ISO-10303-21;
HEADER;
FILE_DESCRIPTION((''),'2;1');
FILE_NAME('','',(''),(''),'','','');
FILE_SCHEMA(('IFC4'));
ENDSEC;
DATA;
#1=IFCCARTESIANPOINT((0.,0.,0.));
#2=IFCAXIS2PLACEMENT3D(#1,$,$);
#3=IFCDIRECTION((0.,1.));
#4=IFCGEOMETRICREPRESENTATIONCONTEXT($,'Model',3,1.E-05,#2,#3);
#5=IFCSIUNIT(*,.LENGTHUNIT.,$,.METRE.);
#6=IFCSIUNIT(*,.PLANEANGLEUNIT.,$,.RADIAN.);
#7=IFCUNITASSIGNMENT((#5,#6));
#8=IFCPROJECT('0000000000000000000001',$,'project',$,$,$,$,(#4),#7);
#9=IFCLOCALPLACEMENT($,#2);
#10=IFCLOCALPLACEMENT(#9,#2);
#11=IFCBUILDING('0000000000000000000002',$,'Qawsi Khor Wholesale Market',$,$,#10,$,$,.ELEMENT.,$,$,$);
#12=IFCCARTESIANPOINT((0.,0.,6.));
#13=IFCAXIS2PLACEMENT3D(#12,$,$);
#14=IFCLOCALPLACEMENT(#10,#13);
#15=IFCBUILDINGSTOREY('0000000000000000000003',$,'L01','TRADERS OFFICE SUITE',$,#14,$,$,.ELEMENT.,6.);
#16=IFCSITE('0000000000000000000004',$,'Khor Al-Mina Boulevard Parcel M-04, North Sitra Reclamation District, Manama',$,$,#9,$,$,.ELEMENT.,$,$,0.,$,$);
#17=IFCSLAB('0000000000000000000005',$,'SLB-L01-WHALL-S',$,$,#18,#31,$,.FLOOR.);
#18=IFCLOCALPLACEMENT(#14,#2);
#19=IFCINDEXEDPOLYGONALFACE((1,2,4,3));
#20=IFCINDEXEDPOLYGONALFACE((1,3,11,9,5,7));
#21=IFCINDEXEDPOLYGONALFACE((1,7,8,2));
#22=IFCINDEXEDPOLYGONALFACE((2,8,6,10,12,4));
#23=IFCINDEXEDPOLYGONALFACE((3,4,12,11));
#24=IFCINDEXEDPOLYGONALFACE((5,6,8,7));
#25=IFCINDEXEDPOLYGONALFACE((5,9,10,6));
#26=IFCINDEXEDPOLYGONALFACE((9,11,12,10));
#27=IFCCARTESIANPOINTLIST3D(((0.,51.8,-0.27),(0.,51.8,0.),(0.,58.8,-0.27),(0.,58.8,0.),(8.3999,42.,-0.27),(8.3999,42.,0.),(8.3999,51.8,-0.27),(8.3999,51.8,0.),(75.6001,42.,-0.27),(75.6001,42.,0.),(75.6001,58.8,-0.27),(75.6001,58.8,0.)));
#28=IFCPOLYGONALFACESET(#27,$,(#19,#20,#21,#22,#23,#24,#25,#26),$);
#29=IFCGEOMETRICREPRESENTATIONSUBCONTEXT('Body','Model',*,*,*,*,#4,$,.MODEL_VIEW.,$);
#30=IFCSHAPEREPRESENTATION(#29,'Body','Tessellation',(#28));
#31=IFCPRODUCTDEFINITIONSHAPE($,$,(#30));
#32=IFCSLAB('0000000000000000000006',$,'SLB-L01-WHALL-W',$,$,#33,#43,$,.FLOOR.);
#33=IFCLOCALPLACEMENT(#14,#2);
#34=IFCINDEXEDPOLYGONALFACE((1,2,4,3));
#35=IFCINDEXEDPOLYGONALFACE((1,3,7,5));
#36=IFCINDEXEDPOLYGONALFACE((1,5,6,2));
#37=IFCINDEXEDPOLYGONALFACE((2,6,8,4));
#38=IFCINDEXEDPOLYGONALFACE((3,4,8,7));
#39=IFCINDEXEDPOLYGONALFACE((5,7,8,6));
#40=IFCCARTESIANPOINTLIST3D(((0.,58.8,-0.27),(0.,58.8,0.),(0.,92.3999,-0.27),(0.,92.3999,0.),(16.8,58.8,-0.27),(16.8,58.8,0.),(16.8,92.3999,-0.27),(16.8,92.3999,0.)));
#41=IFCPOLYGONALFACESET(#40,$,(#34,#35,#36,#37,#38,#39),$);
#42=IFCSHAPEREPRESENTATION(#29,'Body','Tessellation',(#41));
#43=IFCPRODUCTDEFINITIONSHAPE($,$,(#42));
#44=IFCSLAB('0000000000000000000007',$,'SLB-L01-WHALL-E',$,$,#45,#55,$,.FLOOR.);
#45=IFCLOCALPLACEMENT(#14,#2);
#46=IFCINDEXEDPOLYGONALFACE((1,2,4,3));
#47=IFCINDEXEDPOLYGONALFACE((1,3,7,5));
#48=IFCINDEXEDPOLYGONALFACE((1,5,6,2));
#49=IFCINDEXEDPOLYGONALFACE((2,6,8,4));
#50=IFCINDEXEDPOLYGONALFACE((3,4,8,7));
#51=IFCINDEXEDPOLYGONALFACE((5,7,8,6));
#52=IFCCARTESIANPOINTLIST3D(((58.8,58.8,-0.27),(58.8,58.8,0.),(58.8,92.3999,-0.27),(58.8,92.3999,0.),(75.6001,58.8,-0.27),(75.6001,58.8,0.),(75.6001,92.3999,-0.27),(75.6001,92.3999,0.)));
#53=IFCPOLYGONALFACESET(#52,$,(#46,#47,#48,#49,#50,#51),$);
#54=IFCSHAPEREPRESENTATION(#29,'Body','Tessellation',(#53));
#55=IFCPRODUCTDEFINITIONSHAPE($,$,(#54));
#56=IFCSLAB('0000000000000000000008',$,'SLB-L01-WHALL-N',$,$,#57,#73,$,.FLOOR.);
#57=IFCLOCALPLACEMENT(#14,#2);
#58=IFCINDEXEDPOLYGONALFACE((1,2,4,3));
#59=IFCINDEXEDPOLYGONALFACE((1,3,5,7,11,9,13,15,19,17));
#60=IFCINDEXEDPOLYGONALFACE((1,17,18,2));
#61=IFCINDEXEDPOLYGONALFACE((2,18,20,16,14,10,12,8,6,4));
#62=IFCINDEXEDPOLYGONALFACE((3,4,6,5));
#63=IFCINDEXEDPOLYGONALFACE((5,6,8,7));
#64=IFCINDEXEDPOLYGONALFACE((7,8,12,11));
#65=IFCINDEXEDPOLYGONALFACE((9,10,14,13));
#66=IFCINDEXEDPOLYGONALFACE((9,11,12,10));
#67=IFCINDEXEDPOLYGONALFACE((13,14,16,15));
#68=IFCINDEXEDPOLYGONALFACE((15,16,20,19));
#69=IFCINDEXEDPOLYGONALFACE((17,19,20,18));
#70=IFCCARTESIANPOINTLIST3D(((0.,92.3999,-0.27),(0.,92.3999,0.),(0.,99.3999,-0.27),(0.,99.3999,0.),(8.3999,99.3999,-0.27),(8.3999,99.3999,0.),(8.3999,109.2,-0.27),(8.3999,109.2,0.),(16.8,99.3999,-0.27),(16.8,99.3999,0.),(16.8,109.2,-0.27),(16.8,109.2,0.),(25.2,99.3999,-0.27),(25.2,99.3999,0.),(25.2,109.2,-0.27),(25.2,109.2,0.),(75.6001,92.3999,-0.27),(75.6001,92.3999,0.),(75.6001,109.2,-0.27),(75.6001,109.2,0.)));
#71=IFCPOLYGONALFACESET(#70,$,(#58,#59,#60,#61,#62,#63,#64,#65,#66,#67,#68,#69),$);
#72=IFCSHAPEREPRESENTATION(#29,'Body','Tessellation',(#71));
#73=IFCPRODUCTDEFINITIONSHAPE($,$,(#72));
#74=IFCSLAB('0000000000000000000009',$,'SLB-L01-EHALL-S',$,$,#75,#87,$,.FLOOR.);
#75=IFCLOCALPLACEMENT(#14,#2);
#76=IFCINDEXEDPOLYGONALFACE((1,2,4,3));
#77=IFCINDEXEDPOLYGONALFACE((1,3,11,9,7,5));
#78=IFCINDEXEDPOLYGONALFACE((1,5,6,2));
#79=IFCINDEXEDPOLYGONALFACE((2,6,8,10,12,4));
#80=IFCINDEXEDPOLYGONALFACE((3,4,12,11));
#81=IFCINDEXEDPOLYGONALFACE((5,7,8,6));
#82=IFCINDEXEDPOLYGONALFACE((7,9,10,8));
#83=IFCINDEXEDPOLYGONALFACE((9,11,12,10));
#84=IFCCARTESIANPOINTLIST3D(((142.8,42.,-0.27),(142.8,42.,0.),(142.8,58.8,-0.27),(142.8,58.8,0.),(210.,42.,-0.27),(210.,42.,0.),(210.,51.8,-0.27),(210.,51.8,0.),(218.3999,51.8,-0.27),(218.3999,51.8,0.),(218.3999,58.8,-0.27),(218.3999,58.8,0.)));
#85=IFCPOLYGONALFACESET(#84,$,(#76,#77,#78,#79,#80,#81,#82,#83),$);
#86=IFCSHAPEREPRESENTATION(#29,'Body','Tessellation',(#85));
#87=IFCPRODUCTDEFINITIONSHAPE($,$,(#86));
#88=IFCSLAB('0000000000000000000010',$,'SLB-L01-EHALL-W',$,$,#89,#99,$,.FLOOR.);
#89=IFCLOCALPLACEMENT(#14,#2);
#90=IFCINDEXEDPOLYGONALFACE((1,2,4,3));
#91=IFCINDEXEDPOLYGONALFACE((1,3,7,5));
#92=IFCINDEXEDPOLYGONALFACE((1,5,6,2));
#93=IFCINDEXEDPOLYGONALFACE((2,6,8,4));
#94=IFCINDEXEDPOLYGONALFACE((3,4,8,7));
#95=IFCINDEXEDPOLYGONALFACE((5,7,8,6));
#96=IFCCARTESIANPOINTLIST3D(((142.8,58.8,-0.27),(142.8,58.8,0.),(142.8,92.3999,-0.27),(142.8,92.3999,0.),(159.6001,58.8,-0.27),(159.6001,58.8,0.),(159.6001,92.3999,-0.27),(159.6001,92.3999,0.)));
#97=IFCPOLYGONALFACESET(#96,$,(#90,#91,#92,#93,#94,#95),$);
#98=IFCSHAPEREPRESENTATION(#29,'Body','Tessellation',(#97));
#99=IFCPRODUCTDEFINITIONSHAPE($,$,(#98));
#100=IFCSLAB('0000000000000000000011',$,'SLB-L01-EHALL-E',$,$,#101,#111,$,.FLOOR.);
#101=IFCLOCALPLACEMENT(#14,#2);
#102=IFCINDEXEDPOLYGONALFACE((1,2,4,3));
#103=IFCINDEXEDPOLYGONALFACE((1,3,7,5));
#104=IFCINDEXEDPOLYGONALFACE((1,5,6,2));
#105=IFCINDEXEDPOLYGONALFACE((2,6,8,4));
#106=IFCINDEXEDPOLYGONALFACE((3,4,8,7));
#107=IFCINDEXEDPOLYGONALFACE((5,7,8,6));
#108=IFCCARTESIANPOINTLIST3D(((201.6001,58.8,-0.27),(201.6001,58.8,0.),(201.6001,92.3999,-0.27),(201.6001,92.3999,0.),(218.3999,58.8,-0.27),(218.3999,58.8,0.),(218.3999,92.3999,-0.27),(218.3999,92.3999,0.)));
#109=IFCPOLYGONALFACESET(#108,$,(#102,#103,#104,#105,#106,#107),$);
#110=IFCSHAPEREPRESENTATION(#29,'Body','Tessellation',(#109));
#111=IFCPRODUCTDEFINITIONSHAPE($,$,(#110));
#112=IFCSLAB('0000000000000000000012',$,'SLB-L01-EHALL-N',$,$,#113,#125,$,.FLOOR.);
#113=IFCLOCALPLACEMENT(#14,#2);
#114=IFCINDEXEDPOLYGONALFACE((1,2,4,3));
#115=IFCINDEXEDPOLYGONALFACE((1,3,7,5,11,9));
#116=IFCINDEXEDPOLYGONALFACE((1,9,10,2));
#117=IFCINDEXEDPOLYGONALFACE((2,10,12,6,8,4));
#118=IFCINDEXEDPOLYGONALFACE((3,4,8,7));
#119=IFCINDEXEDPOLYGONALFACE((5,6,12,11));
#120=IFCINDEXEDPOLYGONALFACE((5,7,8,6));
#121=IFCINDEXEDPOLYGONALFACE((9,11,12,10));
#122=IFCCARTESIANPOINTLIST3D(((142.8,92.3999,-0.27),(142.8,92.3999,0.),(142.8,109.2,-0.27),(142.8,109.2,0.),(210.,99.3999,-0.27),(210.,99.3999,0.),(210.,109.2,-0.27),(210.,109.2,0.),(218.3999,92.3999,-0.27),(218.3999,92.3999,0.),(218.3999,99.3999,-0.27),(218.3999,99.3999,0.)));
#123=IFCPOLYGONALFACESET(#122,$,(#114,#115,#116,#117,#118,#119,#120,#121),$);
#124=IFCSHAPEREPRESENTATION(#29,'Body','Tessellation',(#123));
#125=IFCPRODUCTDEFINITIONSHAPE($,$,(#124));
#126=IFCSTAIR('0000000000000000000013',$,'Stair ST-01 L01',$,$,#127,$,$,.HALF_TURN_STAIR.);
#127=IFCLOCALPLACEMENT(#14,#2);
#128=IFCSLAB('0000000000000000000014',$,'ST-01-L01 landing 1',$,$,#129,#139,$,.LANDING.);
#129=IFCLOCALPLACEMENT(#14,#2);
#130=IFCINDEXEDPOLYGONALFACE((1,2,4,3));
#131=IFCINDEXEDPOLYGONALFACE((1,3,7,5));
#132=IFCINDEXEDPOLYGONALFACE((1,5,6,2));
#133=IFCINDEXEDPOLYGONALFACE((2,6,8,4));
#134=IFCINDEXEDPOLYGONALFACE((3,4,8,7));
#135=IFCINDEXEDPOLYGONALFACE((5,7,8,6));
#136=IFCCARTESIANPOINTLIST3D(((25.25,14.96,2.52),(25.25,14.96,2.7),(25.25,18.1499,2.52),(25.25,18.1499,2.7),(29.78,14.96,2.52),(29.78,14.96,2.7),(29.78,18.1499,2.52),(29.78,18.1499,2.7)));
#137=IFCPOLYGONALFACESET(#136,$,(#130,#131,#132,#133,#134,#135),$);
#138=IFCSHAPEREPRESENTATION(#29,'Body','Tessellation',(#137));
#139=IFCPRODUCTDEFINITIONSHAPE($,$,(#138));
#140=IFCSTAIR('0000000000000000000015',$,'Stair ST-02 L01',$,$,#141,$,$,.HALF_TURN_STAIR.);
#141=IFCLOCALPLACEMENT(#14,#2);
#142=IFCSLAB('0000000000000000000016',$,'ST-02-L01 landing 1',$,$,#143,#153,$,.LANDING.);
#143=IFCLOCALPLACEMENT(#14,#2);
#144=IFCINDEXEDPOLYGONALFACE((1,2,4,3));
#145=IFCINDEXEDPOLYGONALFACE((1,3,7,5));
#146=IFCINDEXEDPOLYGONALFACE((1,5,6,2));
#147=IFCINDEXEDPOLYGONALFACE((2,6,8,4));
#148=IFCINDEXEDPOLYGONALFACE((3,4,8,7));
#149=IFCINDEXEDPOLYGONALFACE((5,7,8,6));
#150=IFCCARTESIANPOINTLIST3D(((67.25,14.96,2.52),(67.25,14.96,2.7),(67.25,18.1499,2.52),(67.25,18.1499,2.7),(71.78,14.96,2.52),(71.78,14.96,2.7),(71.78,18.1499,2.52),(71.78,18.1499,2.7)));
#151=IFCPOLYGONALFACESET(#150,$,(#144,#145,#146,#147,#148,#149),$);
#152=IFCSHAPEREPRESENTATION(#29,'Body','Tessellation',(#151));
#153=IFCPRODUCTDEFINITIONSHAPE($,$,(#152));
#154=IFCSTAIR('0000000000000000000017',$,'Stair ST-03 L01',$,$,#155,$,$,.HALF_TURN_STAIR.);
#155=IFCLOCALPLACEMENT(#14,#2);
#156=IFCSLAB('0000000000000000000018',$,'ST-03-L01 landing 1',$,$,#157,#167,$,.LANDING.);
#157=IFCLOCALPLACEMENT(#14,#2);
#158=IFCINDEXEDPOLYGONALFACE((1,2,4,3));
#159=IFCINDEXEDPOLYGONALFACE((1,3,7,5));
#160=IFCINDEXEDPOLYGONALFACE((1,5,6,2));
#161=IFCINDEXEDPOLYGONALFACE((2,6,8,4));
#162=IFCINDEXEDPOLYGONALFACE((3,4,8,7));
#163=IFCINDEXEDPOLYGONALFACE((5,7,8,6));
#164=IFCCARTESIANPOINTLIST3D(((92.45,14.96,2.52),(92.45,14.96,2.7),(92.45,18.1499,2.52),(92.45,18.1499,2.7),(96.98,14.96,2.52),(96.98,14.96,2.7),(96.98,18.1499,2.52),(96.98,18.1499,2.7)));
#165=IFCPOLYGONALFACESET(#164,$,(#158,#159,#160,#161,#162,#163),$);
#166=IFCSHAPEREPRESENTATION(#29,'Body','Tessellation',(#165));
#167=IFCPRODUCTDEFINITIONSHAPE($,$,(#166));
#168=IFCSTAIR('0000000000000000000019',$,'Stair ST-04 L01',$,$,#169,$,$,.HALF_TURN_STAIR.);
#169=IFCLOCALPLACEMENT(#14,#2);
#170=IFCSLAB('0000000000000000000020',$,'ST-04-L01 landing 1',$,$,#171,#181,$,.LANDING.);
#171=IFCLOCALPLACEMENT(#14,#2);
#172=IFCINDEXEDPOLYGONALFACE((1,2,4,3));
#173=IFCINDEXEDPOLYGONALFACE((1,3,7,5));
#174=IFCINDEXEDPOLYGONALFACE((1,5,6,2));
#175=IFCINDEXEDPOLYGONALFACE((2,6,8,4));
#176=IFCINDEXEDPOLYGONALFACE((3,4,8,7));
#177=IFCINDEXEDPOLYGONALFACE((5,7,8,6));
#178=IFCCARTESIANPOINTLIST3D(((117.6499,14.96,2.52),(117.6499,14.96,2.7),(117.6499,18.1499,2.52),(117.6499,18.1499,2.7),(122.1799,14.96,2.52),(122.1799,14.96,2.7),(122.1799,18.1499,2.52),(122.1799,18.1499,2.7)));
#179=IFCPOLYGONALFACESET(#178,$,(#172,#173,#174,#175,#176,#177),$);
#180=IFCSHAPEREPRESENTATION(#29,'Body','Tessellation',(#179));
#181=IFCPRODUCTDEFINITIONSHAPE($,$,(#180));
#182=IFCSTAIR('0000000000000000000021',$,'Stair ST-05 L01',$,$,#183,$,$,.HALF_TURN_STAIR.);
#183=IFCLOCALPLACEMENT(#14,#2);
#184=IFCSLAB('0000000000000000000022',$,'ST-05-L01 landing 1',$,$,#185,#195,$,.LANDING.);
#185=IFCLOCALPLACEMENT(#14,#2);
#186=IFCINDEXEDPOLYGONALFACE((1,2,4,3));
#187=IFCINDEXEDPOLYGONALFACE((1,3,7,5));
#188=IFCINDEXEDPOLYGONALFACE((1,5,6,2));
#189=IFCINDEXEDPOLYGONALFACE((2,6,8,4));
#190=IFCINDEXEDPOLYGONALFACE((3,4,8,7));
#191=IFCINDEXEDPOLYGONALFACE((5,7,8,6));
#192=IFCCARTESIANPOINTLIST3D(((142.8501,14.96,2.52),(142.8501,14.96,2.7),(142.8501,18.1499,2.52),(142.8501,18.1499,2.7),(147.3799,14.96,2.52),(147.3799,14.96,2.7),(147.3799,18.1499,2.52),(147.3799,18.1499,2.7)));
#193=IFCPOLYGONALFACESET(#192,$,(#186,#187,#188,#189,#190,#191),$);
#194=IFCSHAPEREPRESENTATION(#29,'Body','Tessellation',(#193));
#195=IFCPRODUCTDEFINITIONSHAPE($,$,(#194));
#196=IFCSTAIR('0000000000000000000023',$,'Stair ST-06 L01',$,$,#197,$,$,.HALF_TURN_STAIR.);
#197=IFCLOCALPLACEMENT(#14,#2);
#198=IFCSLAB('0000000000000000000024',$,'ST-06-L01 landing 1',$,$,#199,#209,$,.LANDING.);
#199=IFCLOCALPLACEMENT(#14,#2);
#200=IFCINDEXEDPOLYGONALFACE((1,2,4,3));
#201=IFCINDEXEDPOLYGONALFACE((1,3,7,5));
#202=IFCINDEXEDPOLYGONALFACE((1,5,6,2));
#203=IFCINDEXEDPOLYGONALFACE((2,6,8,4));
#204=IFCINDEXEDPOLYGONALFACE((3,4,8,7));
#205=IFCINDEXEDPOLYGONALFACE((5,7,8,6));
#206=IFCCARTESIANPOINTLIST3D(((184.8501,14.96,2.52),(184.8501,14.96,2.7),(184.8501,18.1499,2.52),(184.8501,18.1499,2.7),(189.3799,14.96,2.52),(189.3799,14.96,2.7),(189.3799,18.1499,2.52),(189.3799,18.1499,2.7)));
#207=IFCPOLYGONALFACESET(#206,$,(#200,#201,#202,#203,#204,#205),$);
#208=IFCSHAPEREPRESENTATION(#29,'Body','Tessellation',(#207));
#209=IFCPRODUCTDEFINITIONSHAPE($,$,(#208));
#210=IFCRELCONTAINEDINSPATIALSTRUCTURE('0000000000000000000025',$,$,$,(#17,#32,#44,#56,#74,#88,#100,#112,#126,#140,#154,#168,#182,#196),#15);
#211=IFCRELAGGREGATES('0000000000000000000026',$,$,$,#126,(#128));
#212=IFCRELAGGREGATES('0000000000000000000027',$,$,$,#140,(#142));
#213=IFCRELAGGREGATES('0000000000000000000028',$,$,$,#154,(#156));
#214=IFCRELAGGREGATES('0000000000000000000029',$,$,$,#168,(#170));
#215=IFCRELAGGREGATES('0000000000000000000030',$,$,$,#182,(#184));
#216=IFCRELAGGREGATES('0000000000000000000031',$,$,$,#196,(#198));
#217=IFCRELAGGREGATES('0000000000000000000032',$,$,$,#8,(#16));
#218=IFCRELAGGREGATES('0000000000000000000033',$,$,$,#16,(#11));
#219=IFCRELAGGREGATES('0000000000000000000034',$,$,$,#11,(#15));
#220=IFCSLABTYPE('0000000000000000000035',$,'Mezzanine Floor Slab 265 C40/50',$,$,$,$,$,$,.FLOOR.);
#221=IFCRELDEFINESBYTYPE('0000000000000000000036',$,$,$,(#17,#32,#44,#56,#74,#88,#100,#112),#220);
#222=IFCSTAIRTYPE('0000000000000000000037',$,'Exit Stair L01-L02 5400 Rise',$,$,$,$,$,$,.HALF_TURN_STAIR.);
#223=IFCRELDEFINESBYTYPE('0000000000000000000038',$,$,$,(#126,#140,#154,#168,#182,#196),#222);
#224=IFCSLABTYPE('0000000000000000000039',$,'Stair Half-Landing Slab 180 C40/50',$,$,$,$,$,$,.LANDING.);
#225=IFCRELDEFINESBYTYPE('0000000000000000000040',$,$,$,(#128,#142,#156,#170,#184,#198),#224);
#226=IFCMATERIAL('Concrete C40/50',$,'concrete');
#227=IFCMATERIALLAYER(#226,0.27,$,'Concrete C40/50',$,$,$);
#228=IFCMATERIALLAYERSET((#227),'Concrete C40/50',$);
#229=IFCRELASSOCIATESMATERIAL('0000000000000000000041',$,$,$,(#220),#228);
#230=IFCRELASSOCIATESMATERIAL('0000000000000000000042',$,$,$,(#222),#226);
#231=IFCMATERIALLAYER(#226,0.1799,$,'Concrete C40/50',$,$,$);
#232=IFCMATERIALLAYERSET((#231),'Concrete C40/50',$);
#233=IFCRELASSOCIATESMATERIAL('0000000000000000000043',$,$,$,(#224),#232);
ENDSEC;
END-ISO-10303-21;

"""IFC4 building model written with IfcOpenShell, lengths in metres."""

from ifc_helpers import new_model, si_unit, direction, frame, origin, place, context, subcontext, project, spatial, polyline, outline, extrude, material, layer, layer_set, type_object, element, aggregate, save


model = new_model("IFC4")

# Units and contexts
model_context = context("Model", 3, precision=1e-05, world=origin(), true_north=direction((0.0, 1.0)))
body_context = subcontext(model_context, "Body", "Model", "MODEL_VIEW")
ifc_project = project(units=[si_unit("LENGTHUNIT", "METRE"), si_unit("PLANEANGLEUNIT", "RADIAN")], contexts=[model_context])

# Site, building, storey
site_placement = place(None, origin())
site = spatial("IfcSite", under=ifc_project, at=site_placement, Name="Khor Al-Mina Boulevard Parcel M-04, North Sitra Reclamation District, Manama", CompositionType="ELEMENT", RefElevation=0.0)
building_placement = place(site_placement, origin())
building = spatial("IfcBuilding", under=site, at=building_placement, Name="Qawsi Khor Wholesale Market", CompositionType="ELEMENT")
storey_placement = place(building_placement, frame((0.0, 0.0, 6.0)))
storey = spatial("IfcBuildingStorey", under=building, at=storey_placement, Name="L01", Description="TRADERS OFFICE SUITE", CompositionType="ELEMENT", Elevation=6.0)

# Slabs
ifc_material_1 = material(Name="Concrete C40/50", Category="concrete")
ifc_layer_1 = layer(ifc_material_1, 0.27, Name="Concrete C40/50")
ifc_layer_set_1 = layer_set([ifc_layer_1], Name="Concrete C40/50")
slab_type_1 = type_object("IfcSlabType", Name="Mezzanine Floor Slab 265 C40/50", PredefinedType="FLOOR", material=ifc_layer_set_1)
slab_1_placement = place(storey_placement, frame((0.0, 0.0, -0.27)))
element("IfcSlab", 1, at=slab_1_placement, inside=storey, type_object=slab_type_1, Name="SLB-L01-WHALL-S", PredefinedType="FLOOR", context=body_context, shape_type="SweptSolid", body=[
    extrude(outline(polyline([(0.0, 58.8), (75.6001, 58.8), (75.6001, 42.0), (8.3999, 42.0), (8.3999, 51.8), (0.0, 51.8), (0.0, 58.8)])), origin(), (0.0, 0.0, 1.0), 0.27),
])
slab_2_placement = place(storey_placement, frame((0.0, 0.0, -0.27)))
element("IfcSlab", 2, at=slab_2_placement, inside=storey, type_object=slab_type_1, Name="SLB-L01-WHALL-W", PredefinedType="FLOOR", context=body_context, shape_type="SweptSolid", body=[
    extrude(outline(polyline([(0.0, 92.3999), (16.8, 92.3999), (16.8, 58.8), (0.0, 58.8), (0.0, 92.3999)])), origin(), (0.0, 0.0, 1.0), 0.27),
])
slab_3_placement = place(storey_placement, frame((0.0, 0.0, -0.27)))
element("IfcSlab", 3, at=slab_3_placement, inside=storey, type_object=slab_type_1, Name="SLB-L01-WHALL-E", PredefinedType="FLOOR", context=body_context, shape_type="SweptSolid", body=[
    extrude(outline(polyline([(58.8, 92.3999), (75.6001, 92.3999), (75.6001, 58.8), (58.8, 58.8), (58.8, 92.3999)])), origin(), (0.0, 0.0, 1.0), 0.27),
])
slab_4_placement = place(storey_placement, frame((0.0, 0.0, -0.27)))
element("IfcSlab", 4, at=slab_4_placement, inside=storey, type_object=slab_type_1, Name="SLB-L01-WHALL-N", PredefinedType="FLOOR", context=body_context, shape_type="SweptSolid", body=[
    extrude(outline(polyline([(0.0, 99.3999), (8.3999, 99.3999), (8.3999, 109.2), (16.8, 109.2), (16.8, 99.3999), (25.2, 99.3999), (25.2, 109.2), (75.6001, 109.2), (75.6001, 92.3999), (0.0, 92.3999), (0.0, 99.3999)])), origin(), (0.0, 0.0, 1.0), 0.27),
])
slab_5_placement = place(storey_placement, frame((0.0, 0.0, -0.27)))
element("IfcSlab", 5, at=slab_5_placement, inside=storey, type_object=slab_type_1, Name="SLB-L01-EHALL-S", PredefinedType="FLOOR", context=body_context, shape_type="SweptSolid", body=[
    extrude(outline(polyline([(142.8, 58.8), (218.3999, 58.8), (218.3999, 51.8), (210.0, 51.8), (210.0, 42.0), (142.8, 42.0), (142.8, 58.8)])), origin(), (0.0, 0.0, 1.0), 0.27),
])
slab_6_placement = place(storey_placement, frame((0.0, 0.0, -0.27)))
element("IfcSlab", 6, at=slab_6_placement, inside=storey, type_object=slab_type_1, Name="SLB-L01-EHALL-W", PredefinedType="FLOOR", context=body_context, shape_type="SweptSolid", body=[
    extrude(outline(polyline([(142.8, 92.3999), (159.6001, 92.3999), (159.6001, 58.8), (142.8, 58.8), (142.8, 92.3999)])), origin(), (0.0, 0.0, 1.0), 0.27),
])
slab_7_placement = place(storey_placement, frame((0.0, 0.0, -0.27)))
element("IfcSlab", 7, at=slab_7_placement, inside=storey, type_object=slab_type_1, Name="SLB-L01-EHALL-E", PredefinedType="FLOOR", context=body_context, shape_type="SweptSolid", body=[
    extrude(outline(polyline([(201.6001, 92.3999), (218.3999, 92.3999), (218.3999, 58.8), (201.6001, 58.8), (201.6001, 92.3999)])), origin(), (0.0, 0.0, 1.0), 0.27),
])
slab_8_placement = place(storey_placement, frame((0.0, 0.0, -0.27)))
element("IfcSlab", 8, at=slab_8_placement, inside=storey, type_object=slab_type_1, Name="SLB-L01-EHALL-N", PredefinedType="FLOOR", context=body_context, shape_type="SweptSolid", body=[
    extrude(outline(polyline([(142.8, 109.2), (210.0, 109.2), (210.0, 99.3999), (218.3999, 99.3999), (218.3999, 92.3999), (142.8, 92.3999), (142.8, 109.2)])), origin(), (0.0, 0.0, 1.0), 0.27),
])

# Stairs, slabs
stair_type = type_object("IfcStairType", Name="Exit Stair L01-L02 5400 Rise", PredefinedType="HALF_TURN_STAIR", material=ifc_material_1)
stair_1_placement = place(storey_placement, origin())
stair_1 = element("IfcStair", 9, at=stair_1_placement, inside=storey, type_object=stair_type, Name="Stair ST-01 L01", PredefinedType="HALF_TURN_STAIR")
ifc_layer_2 = layer(ifc_material_1, 0.1799, Name="Concrete C40/50")
ifc_layer_set_2 = layer_set([ifc_layer_2], Name="Concrete C40/50")
slab_type_2 = type_object("IfcSlabType", Name="Stair Half-Landing Slab 180 C40/50", PredefinedType="LANDING", material=ifc_layer_set_2)
slab_9_placement = place(storey_placement, frame((0.0, 0.0, 2.52)))
slab_9 = element("IfcSlab", 10, at=slab_9_placement, type_object=slab_type_2, Name="ST-01-L01 landing 1", PredefinedType="LANDING", context=body_context, shape_type="SweptSolid", body=[
    extrude(outline(polyline([(25.25, 14.96), (29.78, 14.96), (29.78, 18.1499), (25.25, 18.1499), (25.25, 14.96)])), origin(), (0.0, 0.0, 1.0), 0.1799),
])
aggregate(stair_1, [slab_9])
stair_2_placement = place(storey_placement, origin())
stair_2 = element("IfcStair", 11, at=stair_2_placement, inside=storey, type_object=stair_type, Name="Stair ST-02 L01", PredefinedType="HALF_TURN_STAIR")
slab_10_placement = place(storey_placement, frame((0.0, 0.0, 2.52)))
slab_10 = element("IfcSlab", 12, at=slab_10_placement, type_object=slab_type_2, Name="ST-02-L01 landing 1", PredefinedType="LANDING", context=body_context, shape_type="SweptSolid", body=[
    extrude(outline(polyline([(67.25, 14.96), (71.78, 14.96), (71.78, 18.1499), (67.25, 18.1499), (67.25, 14.96)])), origin(), (0.0, 0.0, 1.0), 0.1799),
])
aggregate(stair_2, [slab_10])
stair_3_placement = place(storey_placement, origin())
stair_3 = element("IfcStair", 13, at=stair_3_placement, inside=storey, type_object=stair_type, Name="Stair ST-03 L01", PredefinedType="HALF_TURN_STAIR")
slab_11_placement = place(storey_placement, frame((0.0, 0.0, 2.52)))
slab_11 = element("IfcSlab", 14, at=slab_11_placement, type_object=slab_type_2, Name="ST-03-L01 landing 1", PredefinedType="LANDING", context=body_context, shape_type="SweptSolid", body=[
    extrude(outline(polyline([(92.45, 14.96), (96.98, 14.96), (96.98, 18.1499), (92.45, 18.1499), (92.45, 14.96)])), origin(), (0.0, 0.0, 1.0), 0.1799),
])
aggregate(stair_3, [slab_11])
stair_4_placement = place(storey_placement, origin())
stair_4 = element("IfcStair", 15, at=stair_4_placement, inside=storey, type_object=stair_type, Name="Stair ST-04 L01", PredefinedType="HALF_TURN_STAIR")
slab_12_placement = place(storey_placement, frame((0.0, 0.0, 2.52)))
slab_12 = element("IfcSlab", 16, at=slab_12_placement, type_object=slab_type_2, Name="ST-04-L01 landing 1", PredefinedType="LANDING", context=body_context, shape_type="SweptSolid", body=[
    extrude(outline(polyline([(117.6499, 14.96), (122.1799, 14.96), (122.1799, 18.1499), (117.6499, 18.1499), (117.6499, 14.96)])), origin(), (0.0, 0.0, 1.0), 0.1799),
])
aggregate(stair_4, [slab_12])
stair_5_placement = place(storey_placement, origin())
stair_5 = element("IfcStair", 17, at=stair_5_placement, inside=storey, type_object=stair_type, Name="Stair ST-05 L01", PredefinedType="HALF_TURN_STAIR")
slab_13_placement = place(storey_placement, frame((0.0, 0.0, 2.52)))
slab_13 = element("IfcSlab", 18, at=slab_13_placement, type_object=slab_type_2, Name="ST-05-L01 landing 1", PredefinedType="LANDING", context=body_context, shape_type="SweptSolid", body=[
    extrude(outline(polyline([(142.8501, 14.96), (147.3799, 14.96), (147.3799, 18.1499), (142.8501, 18.1499), (142.8501, 14.96)])), origin(), (0.0, 0.0, 1.0), 0.1799),
])
aggregate(stair_5, [slab_13])
stair_6_placement = place(storey_placement, origin())
stair_6 = element("IfcStair", 19, at=stair_6_placement, inside=storey, type_object=stair_type, Name="Stair ST-06 L01", PredefinedType="HALF_TURN_STAIR")
slab_14_placement = place(storey_placement, frame((0.0, 0.0, 2.52)))
slab_14 = element("IfcSlab", 20, at=slab_14_placement, type_object=slab_type_2, Name="ST-06-L01 landing 1", PredefinedType="LANDING", context=body_context, shape_type="SweptSolid", body=[
    extrude(outline(polyline([(184.8501, 14.96), (189.3799, 14.96), (189.3799, 18.1499), (184.8501, 18.1499), (184.8501, 14.96)])), origin(), (0.0, 0.0, 1.0), 0.1799),
])
aggregate(stair_6, [slab_14])

save(model, "model.ifc")
